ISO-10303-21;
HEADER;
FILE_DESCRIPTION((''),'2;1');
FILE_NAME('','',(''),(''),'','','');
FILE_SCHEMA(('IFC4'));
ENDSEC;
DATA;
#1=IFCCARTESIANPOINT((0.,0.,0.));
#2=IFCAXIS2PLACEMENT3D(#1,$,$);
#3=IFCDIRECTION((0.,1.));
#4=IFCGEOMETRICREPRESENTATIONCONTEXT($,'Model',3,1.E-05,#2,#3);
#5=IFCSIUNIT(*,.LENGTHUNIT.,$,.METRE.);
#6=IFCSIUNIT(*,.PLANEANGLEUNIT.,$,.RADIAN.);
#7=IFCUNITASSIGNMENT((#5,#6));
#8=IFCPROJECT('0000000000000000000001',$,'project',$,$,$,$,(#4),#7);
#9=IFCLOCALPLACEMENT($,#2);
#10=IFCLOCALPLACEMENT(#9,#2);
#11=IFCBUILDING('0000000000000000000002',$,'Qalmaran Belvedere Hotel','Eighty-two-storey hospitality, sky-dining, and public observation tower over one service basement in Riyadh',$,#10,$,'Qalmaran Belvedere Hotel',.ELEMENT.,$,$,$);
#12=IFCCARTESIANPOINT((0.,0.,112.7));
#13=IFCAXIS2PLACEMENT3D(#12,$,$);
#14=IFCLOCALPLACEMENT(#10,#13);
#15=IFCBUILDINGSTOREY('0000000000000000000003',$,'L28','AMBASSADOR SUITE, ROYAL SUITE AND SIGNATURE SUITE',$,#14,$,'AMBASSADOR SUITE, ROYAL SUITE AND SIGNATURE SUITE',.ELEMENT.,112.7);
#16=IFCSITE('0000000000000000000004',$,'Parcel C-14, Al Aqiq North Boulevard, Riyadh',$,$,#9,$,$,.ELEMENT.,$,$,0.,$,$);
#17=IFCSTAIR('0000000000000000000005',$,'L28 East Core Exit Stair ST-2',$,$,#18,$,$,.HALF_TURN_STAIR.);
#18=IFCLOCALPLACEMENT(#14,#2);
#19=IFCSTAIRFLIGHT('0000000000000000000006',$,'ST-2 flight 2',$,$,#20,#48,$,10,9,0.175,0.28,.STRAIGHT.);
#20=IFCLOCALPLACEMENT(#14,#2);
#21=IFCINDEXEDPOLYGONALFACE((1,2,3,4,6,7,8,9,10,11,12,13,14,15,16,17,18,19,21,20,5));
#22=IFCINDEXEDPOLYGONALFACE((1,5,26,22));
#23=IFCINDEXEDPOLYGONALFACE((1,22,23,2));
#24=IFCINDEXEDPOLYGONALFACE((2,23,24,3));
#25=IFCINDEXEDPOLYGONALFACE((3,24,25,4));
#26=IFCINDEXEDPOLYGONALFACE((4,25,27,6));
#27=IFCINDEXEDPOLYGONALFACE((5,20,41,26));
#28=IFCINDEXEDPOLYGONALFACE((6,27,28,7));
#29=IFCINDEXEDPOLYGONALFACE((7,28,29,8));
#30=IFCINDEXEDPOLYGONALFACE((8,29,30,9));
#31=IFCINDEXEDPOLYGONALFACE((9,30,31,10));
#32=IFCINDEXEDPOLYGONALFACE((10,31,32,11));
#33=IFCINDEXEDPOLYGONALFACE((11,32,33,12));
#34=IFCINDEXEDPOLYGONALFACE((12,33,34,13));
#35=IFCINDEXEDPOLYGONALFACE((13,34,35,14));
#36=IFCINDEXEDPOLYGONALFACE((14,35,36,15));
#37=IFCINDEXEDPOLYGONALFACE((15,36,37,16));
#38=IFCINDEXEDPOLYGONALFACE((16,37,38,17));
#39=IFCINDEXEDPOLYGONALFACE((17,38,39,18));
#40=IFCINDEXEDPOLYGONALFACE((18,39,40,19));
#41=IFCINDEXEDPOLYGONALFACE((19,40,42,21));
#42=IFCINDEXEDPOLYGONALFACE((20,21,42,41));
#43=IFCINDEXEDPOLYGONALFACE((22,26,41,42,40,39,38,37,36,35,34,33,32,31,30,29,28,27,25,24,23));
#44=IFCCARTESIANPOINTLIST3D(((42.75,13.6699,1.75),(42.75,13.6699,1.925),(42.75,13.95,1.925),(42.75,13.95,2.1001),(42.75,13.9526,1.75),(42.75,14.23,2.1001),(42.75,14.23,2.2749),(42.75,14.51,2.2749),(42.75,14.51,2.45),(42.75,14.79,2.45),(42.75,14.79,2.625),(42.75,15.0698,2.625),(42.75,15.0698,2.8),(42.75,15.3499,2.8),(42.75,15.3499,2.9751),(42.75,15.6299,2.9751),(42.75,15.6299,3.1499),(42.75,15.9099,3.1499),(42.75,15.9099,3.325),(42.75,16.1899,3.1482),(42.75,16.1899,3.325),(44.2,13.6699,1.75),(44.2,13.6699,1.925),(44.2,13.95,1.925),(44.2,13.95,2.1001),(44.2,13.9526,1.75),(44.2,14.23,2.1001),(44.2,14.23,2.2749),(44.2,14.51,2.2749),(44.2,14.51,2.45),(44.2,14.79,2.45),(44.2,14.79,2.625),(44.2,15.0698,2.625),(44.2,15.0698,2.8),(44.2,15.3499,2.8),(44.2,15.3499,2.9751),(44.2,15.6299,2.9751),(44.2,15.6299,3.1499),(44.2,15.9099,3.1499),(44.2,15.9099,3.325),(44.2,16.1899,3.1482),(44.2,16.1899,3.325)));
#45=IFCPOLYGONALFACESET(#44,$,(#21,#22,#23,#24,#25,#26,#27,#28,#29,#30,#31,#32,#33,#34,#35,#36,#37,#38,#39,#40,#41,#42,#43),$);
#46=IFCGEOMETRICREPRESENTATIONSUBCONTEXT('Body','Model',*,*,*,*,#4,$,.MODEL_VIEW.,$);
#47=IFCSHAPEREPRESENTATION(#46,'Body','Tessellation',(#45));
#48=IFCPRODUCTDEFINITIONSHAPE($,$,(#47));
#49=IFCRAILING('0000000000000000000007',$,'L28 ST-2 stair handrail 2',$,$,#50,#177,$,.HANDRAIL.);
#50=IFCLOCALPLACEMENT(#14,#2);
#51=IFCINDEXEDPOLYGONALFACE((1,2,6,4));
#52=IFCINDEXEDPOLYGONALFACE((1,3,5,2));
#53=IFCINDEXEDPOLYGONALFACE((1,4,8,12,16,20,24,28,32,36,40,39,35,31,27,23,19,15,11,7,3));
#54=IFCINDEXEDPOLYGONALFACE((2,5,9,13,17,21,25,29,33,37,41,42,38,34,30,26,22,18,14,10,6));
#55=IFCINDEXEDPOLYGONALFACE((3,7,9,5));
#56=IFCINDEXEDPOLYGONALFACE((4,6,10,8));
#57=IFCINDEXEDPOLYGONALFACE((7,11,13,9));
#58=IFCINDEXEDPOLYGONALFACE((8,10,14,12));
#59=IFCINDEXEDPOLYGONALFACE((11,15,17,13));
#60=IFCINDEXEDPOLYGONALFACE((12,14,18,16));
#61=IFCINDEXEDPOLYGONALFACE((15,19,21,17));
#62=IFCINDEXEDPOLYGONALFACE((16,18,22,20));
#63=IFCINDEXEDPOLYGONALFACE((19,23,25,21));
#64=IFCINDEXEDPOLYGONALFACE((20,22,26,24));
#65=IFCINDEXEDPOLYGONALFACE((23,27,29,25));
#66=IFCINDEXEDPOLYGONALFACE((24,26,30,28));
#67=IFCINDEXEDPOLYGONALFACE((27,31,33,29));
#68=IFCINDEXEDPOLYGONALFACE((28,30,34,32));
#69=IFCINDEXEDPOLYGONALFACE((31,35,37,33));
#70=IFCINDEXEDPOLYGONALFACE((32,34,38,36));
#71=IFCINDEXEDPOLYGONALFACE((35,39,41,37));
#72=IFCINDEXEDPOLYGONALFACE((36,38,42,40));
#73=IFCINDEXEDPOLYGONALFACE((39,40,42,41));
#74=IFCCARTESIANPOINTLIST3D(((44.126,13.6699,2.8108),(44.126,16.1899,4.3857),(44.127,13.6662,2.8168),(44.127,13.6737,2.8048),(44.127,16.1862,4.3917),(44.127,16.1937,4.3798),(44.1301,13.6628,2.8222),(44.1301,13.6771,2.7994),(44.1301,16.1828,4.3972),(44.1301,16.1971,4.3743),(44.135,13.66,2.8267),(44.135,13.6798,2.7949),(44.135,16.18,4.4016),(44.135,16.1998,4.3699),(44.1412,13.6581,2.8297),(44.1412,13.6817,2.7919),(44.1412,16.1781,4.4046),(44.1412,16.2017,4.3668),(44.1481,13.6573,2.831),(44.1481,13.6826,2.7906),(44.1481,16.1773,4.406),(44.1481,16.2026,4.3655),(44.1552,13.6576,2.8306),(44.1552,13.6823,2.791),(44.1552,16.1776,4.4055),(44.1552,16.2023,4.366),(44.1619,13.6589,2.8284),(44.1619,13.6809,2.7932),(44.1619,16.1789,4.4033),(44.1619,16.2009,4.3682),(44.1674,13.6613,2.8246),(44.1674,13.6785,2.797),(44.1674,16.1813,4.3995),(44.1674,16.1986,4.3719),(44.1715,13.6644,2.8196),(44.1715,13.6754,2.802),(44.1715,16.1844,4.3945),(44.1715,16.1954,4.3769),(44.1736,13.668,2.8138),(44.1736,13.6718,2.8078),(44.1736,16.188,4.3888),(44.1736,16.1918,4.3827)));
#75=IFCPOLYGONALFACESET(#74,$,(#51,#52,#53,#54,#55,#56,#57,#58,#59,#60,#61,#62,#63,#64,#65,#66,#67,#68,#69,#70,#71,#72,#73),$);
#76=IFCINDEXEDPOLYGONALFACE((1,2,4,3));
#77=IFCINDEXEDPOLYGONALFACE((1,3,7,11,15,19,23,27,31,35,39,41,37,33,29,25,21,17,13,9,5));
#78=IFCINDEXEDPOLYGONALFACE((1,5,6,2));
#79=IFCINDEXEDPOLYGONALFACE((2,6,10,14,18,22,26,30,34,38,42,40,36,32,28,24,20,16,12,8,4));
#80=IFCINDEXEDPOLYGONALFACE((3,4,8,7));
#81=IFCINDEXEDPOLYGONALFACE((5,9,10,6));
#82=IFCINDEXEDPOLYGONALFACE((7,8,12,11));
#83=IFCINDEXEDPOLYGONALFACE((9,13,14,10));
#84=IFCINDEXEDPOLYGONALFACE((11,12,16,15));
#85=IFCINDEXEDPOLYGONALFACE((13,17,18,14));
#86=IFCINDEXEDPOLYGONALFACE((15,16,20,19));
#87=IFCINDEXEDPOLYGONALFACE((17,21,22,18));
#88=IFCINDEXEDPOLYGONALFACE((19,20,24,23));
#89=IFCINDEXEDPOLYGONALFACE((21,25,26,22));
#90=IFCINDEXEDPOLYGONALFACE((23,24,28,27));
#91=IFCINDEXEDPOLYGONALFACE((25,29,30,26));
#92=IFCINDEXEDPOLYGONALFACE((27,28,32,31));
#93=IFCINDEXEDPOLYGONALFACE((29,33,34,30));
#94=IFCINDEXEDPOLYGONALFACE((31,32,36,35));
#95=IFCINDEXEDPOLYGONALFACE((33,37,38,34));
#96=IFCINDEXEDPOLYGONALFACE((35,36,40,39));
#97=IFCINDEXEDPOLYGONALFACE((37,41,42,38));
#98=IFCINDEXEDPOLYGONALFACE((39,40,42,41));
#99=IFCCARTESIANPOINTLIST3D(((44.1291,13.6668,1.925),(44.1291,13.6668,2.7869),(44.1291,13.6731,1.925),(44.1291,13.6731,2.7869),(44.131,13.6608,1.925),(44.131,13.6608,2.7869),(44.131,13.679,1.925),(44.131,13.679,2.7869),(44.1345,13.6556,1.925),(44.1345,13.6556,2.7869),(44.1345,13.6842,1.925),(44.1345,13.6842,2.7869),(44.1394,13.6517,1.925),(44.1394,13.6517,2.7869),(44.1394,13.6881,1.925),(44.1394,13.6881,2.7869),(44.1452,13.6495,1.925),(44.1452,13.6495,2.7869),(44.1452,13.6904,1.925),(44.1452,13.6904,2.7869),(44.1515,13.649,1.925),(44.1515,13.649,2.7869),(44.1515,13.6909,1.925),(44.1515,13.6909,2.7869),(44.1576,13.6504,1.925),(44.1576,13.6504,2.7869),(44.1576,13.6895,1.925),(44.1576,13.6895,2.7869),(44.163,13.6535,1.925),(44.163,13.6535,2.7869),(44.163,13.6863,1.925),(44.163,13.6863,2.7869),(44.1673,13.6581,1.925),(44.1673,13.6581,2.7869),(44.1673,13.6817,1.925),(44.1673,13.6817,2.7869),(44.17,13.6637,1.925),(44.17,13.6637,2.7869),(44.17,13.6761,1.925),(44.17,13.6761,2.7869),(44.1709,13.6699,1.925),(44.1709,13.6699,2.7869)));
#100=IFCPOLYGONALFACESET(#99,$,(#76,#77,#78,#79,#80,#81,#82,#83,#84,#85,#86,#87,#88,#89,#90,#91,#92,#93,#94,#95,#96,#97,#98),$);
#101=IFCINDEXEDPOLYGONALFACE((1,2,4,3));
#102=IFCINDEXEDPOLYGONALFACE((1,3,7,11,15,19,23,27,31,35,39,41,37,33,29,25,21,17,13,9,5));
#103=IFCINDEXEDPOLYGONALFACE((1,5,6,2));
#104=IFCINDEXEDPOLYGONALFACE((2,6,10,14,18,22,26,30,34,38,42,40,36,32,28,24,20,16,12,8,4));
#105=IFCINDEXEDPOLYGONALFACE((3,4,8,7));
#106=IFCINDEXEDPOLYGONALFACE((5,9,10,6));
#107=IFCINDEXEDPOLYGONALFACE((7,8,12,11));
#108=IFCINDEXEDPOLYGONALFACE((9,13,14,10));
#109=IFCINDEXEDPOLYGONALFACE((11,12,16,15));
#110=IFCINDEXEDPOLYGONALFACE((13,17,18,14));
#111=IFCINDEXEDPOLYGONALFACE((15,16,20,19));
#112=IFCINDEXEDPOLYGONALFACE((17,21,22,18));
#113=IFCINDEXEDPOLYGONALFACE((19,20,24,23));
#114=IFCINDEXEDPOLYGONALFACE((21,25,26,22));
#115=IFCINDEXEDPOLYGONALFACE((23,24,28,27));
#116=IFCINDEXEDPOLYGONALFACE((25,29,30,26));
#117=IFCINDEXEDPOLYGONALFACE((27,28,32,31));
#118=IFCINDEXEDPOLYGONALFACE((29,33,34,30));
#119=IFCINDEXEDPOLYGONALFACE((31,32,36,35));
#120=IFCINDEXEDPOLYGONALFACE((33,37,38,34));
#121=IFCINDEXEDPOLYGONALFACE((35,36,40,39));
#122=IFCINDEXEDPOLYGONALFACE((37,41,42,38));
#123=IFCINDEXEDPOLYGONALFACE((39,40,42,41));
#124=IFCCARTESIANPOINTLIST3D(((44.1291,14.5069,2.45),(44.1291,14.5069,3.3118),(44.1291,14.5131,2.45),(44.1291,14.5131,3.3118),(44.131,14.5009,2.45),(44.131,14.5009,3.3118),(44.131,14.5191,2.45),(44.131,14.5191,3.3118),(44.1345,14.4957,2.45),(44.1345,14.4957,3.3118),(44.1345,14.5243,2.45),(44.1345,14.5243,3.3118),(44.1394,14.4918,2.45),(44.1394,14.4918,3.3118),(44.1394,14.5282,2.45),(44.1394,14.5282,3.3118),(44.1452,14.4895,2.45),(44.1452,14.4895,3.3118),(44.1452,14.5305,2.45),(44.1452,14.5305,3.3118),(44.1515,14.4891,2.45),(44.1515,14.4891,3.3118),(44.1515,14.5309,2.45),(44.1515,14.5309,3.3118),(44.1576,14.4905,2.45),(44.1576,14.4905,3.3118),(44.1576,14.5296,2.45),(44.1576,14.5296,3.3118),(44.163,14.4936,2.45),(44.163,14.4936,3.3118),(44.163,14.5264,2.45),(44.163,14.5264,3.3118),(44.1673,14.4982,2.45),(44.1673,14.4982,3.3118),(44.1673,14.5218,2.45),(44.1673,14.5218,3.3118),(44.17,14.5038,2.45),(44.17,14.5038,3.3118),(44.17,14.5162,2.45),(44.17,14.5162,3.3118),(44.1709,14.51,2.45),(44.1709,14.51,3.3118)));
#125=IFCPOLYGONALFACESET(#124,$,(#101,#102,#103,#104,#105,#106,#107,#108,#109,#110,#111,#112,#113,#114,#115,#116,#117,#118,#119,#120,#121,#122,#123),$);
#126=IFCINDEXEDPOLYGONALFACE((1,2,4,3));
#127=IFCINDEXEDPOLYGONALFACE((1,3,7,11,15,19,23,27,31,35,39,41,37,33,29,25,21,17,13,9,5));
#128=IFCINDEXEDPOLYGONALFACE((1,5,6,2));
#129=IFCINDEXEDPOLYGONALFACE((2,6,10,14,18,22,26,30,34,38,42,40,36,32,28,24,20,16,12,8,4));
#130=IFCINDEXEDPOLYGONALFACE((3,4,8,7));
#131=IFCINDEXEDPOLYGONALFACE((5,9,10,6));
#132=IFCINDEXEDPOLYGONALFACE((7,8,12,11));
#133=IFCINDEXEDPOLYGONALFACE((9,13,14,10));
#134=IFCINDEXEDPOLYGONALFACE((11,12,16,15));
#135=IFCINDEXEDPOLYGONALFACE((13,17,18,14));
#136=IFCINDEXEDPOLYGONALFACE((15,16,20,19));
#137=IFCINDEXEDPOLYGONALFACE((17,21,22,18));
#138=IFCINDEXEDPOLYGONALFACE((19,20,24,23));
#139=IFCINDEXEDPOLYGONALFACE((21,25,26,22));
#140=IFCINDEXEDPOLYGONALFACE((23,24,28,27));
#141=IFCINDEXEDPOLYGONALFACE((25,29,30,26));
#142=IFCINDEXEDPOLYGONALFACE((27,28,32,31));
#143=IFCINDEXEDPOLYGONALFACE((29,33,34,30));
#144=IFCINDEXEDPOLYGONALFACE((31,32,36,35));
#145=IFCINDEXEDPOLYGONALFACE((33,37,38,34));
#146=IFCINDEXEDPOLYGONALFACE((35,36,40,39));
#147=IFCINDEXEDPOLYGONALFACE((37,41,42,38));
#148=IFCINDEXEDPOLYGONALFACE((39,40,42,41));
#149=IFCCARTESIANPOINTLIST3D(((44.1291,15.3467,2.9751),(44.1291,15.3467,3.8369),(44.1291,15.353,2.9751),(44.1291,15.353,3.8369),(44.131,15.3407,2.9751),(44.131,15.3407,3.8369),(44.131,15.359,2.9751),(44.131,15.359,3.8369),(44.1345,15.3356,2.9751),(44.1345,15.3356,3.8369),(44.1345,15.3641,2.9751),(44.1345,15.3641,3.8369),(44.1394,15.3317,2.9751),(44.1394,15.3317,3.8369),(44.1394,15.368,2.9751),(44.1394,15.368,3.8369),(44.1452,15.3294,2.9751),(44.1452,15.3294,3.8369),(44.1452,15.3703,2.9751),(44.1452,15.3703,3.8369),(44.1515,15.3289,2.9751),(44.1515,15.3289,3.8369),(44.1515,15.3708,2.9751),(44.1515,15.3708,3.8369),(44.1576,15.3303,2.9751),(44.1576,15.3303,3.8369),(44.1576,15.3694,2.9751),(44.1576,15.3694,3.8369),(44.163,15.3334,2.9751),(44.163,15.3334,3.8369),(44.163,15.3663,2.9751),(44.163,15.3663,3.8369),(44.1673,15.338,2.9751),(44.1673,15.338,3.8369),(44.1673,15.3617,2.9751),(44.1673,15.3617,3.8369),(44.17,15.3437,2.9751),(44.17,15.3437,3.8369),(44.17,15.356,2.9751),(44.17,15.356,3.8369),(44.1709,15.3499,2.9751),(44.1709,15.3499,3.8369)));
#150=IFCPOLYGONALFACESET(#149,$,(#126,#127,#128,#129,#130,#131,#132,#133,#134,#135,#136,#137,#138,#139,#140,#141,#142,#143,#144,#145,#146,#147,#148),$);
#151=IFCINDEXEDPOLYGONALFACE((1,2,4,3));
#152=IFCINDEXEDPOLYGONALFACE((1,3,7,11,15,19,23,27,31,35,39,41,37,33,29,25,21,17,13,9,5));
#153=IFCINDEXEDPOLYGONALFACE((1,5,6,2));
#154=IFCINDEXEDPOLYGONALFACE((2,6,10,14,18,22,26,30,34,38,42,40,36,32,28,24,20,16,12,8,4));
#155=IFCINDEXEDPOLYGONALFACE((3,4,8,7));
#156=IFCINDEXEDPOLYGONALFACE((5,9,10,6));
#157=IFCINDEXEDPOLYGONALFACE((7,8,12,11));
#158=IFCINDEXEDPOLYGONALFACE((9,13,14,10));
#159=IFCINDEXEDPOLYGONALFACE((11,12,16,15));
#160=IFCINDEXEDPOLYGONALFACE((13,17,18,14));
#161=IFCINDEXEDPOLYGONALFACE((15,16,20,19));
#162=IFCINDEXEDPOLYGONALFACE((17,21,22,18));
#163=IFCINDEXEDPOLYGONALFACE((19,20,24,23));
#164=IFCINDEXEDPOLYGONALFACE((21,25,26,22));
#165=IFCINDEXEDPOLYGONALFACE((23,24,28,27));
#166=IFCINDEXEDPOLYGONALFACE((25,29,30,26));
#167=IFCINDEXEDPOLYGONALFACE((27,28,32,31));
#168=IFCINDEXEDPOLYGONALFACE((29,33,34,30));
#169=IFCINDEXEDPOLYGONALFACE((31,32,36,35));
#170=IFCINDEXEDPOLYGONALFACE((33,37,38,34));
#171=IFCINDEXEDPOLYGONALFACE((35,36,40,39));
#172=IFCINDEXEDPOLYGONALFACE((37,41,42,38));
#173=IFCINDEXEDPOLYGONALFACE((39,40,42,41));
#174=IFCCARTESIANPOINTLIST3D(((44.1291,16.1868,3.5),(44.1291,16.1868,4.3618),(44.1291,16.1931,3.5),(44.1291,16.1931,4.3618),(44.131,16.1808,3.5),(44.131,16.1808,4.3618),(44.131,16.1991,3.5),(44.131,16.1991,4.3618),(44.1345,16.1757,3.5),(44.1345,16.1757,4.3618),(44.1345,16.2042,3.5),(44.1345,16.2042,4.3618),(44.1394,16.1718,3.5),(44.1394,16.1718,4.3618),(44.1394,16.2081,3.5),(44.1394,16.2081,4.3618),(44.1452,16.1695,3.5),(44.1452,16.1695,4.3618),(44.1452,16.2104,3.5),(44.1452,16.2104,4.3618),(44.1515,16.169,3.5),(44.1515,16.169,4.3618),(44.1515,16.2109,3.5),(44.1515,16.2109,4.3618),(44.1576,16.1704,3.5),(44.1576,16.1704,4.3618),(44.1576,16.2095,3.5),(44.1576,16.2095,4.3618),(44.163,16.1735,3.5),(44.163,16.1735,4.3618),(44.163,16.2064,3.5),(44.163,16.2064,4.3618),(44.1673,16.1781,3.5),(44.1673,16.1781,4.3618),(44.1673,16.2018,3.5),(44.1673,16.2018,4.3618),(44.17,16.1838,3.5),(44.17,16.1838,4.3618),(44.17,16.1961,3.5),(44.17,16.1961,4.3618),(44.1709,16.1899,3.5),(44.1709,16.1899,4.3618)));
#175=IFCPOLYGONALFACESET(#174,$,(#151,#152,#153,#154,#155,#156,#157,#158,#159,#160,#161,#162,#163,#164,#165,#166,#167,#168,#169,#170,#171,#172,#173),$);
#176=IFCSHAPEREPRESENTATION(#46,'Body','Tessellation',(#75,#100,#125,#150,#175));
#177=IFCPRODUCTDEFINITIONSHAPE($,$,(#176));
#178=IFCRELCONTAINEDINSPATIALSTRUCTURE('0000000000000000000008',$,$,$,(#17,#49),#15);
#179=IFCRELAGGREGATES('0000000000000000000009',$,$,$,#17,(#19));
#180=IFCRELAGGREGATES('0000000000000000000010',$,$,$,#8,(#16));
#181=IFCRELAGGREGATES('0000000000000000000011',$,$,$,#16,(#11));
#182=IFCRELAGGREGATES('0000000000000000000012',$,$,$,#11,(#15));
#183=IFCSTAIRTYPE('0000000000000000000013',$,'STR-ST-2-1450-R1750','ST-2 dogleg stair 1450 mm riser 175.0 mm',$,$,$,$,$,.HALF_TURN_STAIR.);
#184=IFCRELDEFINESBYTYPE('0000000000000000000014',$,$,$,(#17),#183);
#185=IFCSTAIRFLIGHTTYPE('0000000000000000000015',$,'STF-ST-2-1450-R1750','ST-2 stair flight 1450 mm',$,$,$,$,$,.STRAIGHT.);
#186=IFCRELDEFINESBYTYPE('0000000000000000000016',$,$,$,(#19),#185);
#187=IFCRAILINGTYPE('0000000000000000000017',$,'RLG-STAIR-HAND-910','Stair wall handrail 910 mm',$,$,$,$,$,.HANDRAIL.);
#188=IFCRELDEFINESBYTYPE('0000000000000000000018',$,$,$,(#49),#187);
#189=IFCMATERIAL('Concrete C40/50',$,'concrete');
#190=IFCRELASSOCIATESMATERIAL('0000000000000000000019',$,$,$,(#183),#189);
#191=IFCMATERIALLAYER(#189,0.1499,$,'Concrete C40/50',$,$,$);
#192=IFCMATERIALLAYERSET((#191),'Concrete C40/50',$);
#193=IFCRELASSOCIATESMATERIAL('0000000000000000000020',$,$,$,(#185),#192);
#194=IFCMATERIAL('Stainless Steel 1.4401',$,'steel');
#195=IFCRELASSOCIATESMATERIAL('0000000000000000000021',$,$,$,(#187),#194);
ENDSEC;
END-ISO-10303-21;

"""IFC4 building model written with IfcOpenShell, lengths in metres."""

from ifc_helpers import new_model, si_unit, direction, frame, origin, origin_2d, place, context, subcontext, project, spatial, polyline, circle, outline, extrude, material, layer, layer_set, type_object, element, aggregate, save


model = new_model("IFC4")

# Units and contexts
model_context = context("Model", 3, precision=1e-05, world=origin(), true_north=direction((0.0, 1.0)))
body_context = subcontext(model_context, "Body", "Model", "MODEL_VIEW")
ifc_project = project(units=[si_unit("LENGTHUNIT", "METRE"), si_unit("PLANEANGLEUNIT", "RADIAN")], contexts=[model_context])

# Site, building, storey
site_placement = place(None, origin())
site = spatial("IfcSite", under=ifc_project, at=site_placement, Name="Parcel C-14, Al Aqiq North Boulevard, Riyadh", CompositionType="ELEMENT", RefElevation=0.0)
building_placement = place(site_placement, origin())
building = spatial("IfcBuilding", under=site, at=building_placement, Name="Qalmaran Belvedere Hotel", Description="Eighty-two-storey hospitality, sky-dining, and public observation tower over one service basement in Riyadh", LongName="Qalmaran Belvedere Hotel", CompositionType="ELEMENT")
storey_placement = place(building_placement, frame((0.0, 0.0, 112.7)))
storey = spatial("IfcBuildingStorey", under=building, at=storey_placement, Name="L28", Description="AMBASSADOR SUITE, ROYAL SUITE AND SIGNATURE SUITE", LongName="AMBASSADOR SUITE, ROYAL SUITE AND SIGNATURE SUITE", CompositionType="ELEMENT", Elevation=112.7)

# Stair, stair flight
ifc_material_1 = material(Name="Concrete C40/50", Category="concrete")
stair_type = type_object("IfcStairType", Name="STR-ST-2-1450-R1750", Description="ST-2 dogleg stair 1450 mm riser 175.0 mm", PredefinedType="HALF_TURN_STAIR", material=ifc_material_1)
stair_placement = place(storey_placement, origin())
stair = element("IfcStair", 1, at=stair_placement, inside=storey, type_object=stair_type, Name="L28 East Core Exit Stair ST-2", PredefinedType="HALF_TURN_STAIR")
ifc_layer_1 = layer(ifc_material_1, 0.1499, Name="Concrete C40/50")
ifc_layer_set_1 = layer_set([ifc_layer_1], Name="Concrete C40/50")
stair_flight_type = type_object("IfcStairFlightType", Name="STF-ST-2-1450-R1750", Description="ST-2 stair flight 1450 mm", PredefinedType="STRAIGHT", material=ifc_layer_set_1)
stair_flight_placement = place(storey_placement, frame((43.4751, 13.6699, 1.75), z_axis=(0.0, 0.0, 1.0), x_axis=(0.0, 1.0, 0.0)))
stair_flight = element("IfcStairFlight", 2, at=stair_flight_placement, type_object=stair_flight_type, Name="ST-2 flight 2", NumberOfRisers=10, NumberOfTreads=9, PredefinedType="STRAIGHT", RiserHeight=0.175, TreadLength=0.28, context=body_context, shape_type="SweptSolid", body=[
    extrude(outline(polyline([(0.0, 0.0), (0.0, 0.175), (0.28, 0.175), (0.28, 0.3501), (0.5601, 0.3501), (0.5601, 0.5249), (0.8401, 0.5249), (0.8401, 0.7), (1.1201, 0.7), (1.1201, 0.875), (1.3999, 0.875), (1.3999, 1.05), (1.6799, 1.05), (1.6799, 1.2251), (1.96, 1.2251), (1.96, 1.3999), (2.24, 1.3999), (2.24, 1.575), (2.52, 1.575), (2.52, 1.75), (2.52, 1.3982), (0.2827, 0.0), (0.0, 0.0)])), frame((0.0, 0.7251, 0.0), z_axis=(0.0, -1.0, 0.0), x_axis=(1.0, 0.0, 0.0)), (0.0, 0.0, 1.0), 1.45),
])
aggregate(stair, [stair_flight])

# Railing
ifc_material_2 = material(Name="Stainless Steel 1.4401", Category="steel")
railing_type = type_object("IfcRailingType", Name="RLG-STAIR-HAND-910", Description="Stair wall handrail 910 mm", PredefinedType="HANDRAIL", material=ifc_material_2)
railing_placement = place(storey_placement, frame((44.1499, 13.6699, 1.925)))
element("IfcRailing", 3, at=railing_placement, inside=storey, type_object=railing_type, Name="L28 ST-2 stair handrail 2", PredefinedType="HANDRAIL", context=body_context, shape_type="SweptSolid", body=[
    extrude(circle(Radius=0.0239, at=origin_2d()), frame((0.0, 0.0, 0.8857), z_axis=(0.0, 0.848008, 0.529984), x_axis=(-1.0, 0.0, 0.0)), (0.0, 0.0, 1.0), 2.9717),
    extrude(circle(Radius=0.021, at=origin_2d()), origin(), (0.0, 0.0, 1.0), 0.8618),
    extrude(circle(Radius=0.021, at=origin_2d()), frame((0.0, 0.8401, 0.5249)), (0.0, 0.0, 1.0), 0.8618),
    extrude(circle(Radius=0.021, at=origin_2d()), frame((0.0, 1.6799, 1.05)), (0.0, 0.0, 1.0), 0.8618),
    extrude(circle(Radius=0.021, at=origin_2d()), frame((0.0, 2.52, 1.575)), (0.0, 0.0, 1.0), 0.8618),
])

save(model, "model.ifc")
